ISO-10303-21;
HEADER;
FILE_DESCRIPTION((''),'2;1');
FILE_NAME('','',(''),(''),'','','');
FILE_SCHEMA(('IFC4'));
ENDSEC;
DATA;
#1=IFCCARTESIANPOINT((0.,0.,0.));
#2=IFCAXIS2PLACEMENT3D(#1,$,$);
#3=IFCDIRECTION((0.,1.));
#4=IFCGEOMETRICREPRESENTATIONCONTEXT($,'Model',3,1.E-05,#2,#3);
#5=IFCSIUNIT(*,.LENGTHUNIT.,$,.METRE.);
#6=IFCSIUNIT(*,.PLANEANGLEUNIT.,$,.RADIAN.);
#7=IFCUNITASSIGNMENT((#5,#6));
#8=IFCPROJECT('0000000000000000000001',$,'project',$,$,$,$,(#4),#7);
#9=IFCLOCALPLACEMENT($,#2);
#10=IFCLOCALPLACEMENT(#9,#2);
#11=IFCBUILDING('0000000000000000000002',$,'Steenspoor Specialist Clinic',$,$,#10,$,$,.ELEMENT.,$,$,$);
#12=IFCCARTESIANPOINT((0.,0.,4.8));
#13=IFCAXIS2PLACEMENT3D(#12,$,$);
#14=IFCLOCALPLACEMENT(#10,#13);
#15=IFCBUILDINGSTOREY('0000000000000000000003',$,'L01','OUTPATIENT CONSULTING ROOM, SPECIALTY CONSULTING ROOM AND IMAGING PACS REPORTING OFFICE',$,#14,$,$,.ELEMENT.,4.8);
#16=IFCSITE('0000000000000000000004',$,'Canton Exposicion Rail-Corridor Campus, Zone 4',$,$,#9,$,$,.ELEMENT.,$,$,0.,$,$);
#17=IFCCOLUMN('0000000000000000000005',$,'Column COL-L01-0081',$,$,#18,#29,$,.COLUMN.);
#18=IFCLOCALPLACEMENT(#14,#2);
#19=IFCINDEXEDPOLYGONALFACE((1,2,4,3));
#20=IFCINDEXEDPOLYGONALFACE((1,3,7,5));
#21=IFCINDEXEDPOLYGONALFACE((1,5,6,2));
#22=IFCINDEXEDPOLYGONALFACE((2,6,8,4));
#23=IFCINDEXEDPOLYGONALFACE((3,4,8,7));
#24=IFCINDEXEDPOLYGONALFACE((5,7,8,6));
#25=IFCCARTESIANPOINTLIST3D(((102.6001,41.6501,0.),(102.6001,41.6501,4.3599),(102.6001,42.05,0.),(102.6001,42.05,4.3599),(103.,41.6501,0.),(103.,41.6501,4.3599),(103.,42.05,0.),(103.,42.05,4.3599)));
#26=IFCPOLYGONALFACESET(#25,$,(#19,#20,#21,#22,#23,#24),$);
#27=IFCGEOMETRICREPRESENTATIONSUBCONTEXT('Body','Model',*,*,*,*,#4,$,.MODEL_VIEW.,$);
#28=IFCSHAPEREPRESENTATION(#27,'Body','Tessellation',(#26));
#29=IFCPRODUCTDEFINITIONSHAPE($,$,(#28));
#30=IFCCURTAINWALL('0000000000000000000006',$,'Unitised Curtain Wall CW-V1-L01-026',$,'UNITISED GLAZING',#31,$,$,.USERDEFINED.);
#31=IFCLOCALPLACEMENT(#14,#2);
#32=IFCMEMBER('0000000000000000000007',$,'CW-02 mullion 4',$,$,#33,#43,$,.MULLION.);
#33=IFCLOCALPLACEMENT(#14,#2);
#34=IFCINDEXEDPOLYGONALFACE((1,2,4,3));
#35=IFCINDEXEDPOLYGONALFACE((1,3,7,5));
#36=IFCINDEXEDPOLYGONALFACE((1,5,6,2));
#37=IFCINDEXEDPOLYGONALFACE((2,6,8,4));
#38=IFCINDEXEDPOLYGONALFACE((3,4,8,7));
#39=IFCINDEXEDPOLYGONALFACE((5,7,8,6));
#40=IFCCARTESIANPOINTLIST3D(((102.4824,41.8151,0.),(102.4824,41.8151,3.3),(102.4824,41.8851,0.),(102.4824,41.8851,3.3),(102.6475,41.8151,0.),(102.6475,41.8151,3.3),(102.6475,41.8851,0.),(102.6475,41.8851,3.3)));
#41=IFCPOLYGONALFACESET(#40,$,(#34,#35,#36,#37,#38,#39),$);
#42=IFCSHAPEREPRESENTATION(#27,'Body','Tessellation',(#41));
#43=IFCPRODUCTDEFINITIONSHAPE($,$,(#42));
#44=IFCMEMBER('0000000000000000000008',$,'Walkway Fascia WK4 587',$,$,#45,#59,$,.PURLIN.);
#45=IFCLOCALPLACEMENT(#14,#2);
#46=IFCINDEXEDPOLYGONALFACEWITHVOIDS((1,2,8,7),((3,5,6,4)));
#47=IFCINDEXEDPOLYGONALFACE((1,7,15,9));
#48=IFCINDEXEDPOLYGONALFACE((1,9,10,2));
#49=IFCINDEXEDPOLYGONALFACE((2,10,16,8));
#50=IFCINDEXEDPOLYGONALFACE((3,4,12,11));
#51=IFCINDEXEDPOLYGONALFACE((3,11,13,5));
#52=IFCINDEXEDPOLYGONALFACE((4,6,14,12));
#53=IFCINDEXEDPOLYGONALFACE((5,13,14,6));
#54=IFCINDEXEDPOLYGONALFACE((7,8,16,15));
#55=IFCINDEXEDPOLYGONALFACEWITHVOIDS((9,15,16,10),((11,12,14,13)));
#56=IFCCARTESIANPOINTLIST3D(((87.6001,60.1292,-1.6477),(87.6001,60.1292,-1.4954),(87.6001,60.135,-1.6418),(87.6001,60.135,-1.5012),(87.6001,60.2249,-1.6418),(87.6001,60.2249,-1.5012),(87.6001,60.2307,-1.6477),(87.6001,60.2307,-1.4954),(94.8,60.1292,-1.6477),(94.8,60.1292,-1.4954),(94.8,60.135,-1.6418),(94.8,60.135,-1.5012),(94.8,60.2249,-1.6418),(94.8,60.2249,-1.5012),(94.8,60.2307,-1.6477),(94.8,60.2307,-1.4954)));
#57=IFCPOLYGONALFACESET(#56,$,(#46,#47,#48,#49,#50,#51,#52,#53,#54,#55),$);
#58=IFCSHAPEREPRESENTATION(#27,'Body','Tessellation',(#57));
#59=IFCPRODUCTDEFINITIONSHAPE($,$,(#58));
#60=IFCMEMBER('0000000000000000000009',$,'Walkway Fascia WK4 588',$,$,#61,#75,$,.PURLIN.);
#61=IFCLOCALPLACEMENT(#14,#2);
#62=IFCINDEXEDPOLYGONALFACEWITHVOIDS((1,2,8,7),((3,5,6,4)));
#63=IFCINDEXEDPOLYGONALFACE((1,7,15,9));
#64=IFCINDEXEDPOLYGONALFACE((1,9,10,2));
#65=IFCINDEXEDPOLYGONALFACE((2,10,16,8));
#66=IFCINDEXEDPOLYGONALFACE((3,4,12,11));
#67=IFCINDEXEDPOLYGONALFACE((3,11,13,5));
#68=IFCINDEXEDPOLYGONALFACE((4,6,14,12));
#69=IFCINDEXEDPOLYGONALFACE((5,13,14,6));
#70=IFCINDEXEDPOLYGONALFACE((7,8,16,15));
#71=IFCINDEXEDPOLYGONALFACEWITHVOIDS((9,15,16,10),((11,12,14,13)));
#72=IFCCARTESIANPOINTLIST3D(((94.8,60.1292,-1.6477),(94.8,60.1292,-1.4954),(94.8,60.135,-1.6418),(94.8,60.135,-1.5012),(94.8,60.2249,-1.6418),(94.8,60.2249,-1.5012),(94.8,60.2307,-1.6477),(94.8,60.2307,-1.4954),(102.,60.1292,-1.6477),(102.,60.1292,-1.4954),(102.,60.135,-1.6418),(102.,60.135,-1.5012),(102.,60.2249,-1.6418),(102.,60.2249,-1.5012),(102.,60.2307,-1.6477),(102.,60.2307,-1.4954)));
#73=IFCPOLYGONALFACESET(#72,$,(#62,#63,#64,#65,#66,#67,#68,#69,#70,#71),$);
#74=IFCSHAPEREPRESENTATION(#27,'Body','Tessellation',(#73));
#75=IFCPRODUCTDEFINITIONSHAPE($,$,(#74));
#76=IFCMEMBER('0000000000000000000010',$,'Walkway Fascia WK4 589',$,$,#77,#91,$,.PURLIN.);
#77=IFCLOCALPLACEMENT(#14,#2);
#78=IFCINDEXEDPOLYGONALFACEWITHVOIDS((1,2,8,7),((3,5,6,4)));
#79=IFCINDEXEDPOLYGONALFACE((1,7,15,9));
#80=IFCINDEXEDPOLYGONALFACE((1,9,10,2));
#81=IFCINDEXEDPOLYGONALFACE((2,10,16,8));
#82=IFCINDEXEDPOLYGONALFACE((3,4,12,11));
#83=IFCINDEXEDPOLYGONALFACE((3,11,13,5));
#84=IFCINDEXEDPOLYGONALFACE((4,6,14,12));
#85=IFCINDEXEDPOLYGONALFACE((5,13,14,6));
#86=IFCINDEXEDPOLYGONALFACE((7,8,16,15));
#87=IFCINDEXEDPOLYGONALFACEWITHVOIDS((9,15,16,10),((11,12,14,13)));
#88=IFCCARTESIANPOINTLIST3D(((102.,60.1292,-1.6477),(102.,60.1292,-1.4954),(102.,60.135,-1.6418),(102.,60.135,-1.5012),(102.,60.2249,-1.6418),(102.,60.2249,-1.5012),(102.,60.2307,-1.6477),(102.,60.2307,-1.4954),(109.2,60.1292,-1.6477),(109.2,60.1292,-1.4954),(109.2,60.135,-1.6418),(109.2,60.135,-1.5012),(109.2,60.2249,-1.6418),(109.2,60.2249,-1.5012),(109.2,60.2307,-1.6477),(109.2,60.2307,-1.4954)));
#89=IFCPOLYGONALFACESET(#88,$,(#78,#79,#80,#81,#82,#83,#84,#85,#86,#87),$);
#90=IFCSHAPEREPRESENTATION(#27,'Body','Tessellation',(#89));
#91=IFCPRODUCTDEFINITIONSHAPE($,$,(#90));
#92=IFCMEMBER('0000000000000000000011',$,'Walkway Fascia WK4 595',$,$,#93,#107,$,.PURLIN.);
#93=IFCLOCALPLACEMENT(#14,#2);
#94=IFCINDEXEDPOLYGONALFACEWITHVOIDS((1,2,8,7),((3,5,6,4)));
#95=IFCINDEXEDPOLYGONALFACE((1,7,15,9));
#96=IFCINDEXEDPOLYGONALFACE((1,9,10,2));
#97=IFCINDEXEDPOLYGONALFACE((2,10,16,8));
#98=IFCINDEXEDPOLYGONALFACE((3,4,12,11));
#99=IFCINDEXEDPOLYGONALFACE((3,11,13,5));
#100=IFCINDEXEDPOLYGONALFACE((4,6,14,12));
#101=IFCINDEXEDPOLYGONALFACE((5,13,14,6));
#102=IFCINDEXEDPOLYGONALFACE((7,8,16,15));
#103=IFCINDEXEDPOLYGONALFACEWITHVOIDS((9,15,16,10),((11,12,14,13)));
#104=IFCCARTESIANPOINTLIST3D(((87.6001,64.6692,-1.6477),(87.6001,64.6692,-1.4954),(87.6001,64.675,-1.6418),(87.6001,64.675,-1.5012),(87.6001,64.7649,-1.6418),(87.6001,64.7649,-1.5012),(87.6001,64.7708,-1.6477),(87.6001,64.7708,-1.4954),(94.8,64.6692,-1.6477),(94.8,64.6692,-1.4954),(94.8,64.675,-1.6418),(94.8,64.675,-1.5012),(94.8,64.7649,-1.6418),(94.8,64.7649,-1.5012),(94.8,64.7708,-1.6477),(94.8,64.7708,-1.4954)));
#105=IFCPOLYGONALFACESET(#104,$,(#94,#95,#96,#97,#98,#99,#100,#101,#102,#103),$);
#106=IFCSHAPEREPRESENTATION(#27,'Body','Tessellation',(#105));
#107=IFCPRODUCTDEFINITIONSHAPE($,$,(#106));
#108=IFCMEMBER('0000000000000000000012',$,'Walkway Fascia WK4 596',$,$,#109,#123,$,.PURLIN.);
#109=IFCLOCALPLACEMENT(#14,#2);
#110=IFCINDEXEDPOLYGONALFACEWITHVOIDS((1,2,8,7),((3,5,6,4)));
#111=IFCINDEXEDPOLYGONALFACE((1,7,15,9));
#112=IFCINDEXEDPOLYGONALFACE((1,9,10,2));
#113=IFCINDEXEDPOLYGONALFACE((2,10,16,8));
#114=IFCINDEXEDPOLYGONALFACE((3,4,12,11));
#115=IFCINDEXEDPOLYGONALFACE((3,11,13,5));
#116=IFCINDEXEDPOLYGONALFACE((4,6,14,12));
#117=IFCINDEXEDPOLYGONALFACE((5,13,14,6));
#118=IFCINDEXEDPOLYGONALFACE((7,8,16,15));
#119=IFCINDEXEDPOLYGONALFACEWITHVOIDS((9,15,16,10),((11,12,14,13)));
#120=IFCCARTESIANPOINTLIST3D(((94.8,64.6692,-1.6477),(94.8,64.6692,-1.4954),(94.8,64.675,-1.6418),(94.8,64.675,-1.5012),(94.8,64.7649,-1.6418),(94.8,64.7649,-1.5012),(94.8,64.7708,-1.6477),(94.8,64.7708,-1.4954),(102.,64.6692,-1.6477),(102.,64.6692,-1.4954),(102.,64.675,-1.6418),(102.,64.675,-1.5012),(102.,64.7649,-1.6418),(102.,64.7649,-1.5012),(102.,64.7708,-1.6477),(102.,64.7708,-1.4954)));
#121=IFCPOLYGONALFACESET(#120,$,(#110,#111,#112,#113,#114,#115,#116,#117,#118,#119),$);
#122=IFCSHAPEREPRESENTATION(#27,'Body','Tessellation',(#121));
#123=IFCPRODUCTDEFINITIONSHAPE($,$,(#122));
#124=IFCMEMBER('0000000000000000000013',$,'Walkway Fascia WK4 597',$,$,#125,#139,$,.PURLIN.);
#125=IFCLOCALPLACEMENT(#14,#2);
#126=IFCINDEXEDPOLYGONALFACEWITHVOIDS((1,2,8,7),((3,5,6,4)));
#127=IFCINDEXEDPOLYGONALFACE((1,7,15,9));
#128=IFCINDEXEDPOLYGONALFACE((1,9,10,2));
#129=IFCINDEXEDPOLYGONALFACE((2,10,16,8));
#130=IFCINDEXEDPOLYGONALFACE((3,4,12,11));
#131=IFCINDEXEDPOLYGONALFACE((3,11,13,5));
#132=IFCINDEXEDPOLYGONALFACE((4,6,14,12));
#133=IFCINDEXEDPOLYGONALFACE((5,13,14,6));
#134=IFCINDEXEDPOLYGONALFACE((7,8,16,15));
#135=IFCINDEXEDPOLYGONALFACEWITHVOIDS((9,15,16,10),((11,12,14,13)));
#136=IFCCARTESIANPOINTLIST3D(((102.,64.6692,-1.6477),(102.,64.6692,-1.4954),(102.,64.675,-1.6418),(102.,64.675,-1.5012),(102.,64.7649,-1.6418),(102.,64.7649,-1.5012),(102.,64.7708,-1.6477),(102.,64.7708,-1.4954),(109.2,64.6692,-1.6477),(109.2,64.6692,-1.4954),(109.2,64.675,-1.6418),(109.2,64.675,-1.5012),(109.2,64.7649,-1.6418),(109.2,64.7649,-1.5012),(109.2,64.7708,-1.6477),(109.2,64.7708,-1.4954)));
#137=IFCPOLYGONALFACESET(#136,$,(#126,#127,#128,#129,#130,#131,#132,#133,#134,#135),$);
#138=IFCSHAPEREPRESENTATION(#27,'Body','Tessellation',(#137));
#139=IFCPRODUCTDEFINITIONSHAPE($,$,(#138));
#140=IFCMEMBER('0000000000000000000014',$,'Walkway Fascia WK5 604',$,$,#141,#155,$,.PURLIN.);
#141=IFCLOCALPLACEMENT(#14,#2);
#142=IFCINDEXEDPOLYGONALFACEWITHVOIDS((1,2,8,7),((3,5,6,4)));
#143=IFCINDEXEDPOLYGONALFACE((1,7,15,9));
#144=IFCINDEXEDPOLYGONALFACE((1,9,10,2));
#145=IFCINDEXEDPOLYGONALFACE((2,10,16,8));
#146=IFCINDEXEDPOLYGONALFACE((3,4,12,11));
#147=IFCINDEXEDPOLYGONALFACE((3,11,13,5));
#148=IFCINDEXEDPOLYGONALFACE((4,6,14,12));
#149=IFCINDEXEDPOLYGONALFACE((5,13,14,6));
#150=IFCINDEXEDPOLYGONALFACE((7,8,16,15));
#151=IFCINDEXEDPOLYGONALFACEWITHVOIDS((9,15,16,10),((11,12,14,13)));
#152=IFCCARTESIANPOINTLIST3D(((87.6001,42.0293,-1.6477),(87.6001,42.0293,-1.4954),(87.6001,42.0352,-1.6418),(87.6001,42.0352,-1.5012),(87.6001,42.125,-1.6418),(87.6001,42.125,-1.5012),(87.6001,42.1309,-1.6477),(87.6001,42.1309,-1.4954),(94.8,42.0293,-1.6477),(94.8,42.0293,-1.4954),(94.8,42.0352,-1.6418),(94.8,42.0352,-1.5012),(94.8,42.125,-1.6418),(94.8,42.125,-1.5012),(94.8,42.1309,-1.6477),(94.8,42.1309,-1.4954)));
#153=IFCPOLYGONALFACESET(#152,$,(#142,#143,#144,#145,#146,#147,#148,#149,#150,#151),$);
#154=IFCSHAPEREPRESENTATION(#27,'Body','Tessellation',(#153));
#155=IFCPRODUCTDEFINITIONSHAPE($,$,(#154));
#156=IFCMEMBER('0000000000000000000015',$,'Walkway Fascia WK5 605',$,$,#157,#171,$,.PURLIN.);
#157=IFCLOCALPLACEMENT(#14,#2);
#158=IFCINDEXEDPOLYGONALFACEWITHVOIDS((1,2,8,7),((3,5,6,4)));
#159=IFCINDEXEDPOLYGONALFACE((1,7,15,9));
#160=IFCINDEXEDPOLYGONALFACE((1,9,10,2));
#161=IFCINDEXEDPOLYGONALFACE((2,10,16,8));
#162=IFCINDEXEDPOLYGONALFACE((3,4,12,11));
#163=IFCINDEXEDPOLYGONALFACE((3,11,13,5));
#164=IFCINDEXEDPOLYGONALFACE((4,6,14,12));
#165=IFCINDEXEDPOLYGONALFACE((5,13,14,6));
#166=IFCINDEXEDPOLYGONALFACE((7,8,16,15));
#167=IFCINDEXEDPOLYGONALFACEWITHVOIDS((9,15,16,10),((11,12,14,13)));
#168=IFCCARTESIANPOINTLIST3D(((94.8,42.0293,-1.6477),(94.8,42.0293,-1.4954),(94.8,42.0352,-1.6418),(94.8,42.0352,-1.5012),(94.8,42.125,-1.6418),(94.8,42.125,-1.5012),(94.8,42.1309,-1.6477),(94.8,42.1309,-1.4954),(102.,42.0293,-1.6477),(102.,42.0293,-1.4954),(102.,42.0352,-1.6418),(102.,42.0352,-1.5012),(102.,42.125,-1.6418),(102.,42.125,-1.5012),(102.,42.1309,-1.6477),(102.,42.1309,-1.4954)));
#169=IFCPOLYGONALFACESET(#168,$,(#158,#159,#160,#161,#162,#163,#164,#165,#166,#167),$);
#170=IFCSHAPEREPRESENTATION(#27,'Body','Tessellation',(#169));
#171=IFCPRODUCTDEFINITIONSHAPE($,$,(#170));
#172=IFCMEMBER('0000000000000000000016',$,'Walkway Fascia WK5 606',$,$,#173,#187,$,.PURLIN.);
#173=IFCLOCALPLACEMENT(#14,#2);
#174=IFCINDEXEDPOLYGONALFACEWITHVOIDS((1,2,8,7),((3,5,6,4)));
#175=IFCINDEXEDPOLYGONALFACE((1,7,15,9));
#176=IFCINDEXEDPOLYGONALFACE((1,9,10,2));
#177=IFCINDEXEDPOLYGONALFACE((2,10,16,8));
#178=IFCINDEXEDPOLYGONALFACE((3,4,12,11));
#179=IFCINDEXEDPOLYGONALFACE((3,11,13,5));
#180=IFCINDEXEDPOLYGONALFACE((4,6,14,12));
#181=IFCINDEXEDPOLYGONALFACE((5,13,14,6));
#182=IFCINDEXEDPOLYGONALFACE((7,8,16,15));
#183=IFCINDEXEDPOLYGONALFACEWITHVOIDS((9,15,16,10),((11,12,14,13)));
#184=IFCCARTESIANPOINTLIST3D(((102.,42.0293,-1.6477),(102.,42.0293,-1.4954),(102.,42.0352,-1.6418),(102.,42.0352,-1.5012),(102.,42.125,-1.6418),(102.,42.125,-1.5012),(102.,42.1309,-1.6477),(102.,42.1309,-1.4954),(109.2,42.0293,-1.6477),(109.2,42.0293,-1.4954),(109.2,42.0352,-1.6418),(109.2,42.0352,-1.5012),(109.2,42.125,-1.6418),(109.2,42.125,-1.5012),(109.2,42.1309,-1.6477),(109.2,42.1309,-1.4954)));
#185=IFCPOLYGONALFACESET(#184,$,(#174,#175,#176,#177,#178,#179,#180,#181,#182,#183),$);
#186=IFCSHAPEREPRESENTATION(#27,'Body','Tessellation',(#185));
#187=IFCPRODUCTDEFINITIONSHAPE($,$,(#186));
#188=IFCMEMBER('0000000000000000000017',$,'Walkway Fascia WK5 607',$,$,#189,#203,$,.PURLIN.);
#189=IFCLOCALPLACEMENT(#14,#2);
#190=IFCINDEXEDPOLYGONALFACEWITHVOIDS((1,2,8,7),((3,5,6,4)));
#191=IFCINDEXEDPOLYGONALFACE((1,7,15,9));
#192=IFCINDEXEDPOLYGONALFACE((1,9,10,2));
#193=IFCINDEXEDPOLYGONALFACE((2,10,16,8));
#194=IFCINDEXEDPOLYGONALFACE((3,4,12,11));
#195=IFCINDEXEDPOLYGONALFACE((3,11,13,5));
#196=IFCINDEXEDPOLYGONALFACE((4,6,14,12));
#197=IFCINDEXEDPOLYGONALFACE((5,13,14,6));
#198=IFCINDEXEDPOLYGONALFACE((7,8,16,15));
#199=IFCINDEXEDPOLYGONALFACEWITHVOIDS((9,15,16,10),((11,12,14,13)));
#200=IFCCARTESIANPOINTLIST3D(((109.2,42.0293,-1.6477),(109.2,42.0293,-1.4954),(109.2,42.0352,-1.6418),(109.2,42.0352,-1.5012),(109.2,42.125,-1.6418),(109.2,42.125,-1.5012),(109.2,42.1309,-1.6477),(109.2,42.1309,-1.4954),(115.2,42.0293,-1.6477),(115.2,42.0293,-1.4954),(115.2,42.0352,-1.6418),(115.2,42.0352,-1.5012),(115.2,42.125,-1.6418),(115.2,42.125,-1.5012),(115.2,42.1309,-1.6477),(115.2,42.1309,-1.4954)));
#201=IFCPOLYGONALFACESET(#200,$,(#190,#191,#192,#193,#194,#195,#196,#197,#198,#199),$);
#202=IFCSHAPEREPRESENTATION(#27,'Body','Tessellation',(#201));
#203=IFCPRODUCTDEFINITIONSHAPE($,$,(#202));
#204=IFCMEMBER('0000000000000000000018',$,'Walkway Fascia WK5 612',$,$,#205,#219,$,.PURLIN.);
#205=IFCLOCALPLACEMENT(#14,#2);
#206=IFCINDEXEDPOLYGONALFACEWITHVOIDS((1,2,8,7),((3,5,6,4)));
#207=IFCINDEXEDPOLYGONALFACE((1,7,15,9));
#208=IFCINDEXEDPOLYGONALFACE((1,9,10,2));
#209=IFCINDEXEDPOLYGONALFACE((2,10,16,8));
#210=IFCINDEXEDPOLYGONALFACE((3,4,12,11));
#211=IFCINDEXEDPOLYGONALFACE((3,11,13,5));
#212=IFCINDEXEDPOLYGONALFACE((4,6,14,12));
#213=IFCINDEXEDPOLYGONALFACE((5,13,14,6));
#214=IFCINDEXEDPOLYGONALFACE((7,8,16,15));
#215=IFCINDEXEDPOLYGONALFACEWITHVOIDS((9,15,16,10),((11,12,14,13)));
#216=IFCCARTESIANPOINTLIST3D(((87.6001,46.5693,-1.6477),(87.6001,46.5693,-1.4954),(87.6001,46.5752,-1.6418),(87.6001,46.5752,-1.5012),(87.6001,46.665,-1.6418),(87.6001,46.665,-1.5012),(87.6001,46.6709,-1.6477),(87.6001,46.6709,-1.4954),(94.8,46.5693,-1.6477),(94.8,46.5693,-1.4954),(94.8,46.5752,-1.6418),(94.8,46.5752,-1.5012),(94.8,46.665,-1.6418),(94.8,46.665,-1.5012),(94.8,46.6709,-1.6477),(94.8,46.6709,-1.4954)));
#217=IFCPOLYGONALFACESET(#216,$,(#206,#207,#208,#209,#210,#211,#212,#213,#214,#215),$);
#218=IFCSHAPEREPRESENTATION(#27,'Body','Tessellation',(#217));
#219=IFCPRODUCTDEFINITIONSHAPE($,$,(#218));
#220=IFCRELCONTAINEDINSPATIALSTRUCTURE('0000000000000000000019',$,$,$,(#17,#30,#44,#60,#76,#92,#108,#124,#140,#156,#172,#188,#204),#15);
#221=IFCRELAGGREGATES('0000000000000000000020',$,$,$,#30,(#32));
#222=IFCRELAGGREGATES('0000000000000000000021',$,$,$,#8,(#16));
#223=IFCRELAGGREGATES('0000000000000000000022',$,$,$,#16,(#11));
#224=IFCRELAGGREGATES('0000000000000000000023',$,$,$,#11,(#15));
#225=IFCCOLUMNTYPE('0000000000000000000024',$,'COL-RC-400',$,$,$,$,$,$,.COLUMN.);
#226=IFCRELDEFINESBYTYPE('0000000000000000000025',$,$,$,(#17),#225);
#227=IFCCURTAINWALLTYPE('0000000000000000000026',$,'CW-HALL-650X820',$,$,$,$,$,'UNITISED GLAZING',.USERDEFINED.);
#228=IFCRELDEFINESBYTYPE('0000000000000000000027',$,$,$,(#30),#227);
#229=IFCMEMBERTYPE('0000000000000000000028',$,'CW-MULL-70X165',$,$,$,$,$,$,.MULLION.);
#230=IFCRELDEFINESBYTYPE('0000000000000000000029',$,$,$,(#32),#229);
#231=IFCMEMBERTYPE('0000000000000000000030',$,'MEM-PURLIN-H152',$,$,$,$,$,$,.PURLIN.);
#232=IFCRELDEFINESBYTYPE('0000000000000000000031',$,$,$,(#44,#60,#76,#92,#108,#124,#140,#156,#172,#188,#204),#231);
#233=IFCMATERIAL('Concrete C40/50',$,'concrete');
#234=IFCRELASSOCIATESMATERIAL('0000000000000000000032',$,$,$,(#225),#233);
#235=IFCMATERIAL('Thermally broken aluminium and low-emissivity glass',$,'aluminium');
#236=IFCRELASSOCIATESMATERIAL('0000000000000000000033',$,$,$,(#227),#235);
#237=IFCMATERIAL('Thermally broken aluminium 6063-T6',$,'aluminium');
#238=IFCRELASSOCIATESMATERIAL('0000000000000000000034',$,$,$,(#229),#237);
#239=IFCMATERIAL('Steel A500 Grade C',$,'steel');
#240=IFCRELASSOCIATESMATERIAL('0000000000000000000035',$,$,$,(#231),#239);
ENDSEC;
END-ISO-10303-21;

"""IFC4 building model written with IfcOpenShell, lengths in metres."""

from ifc_helpers import new_model, si_unit, direction, frame, origin, origin_2d, place, context, subcontext, project, spatial, rectangle, hollow_rectangle, extrude, material, material_profile, profile_set, type_object, element, aggregate, save


model = new_model("IFC4")

# Units and contexts
model_context = context("Model", 3, precision=1e-05, world=origin(), true_north=direction((0.0, 1.0)))
body_context = subcontext(model_context, "Body", "Model", "MODEL_VIEW")
ifc_project = project(units=[si_unit("LENGTHUNIT", "METRE"), si_unit("PLANEANGLEUNIT", "RADIAN")], contexts=[model_context])

# Site, building, storey
site_placement = place(None, origin())
site = spatial("IfcSite", under=ifc_project, at=site_placement, Name="Canton Exposicion Rail-Corridor Campus, Zone 4", CompositionType="ELEMENT", RefElevation=0.0)
building_placement = place(site_placement, origin())
building = spatial("IfcBuilding", under=site, at=building_placement, Name="Steenspoor Specialist Clinic", CompositionType="ELEMENT")
storey_placement = place(building_placement, frame((0.0, 0.0, 4.8)))
storey = spatial("IfcBuildingStorey", under=building, at=storey_placement, Name="L01", Description="OUTPATIENT CONSULTING ROOM, SPECIALTY CONSULTING ROOM AND IMAGING PACS REPORTING OFFICE", CompositionType="ELEMENT", Elevation=4.8)

# Column
ifc_material_1 = material(Name="Concrete C40/50", Category="concrete")
ifc_material_profile_1 = material_profile(ifc_material_1, rectangle(XDim=0.3999, YDim=0.3999, at=origin_2d()), Name="RC-COL-400X400")
ifc_profile_set_1 = profile_set([ifc_material_profile_1], Name="Concrete C40/50")
column_type = type_object("IfcColumnType", Name="COL-RC-400", PredefinedType="COLUMN", material=ifc_profile_set_1)
column_placement = place(storey_placement, frame((102.8, 41.8501, 0.0), z_axis=(0.0, 0.0, 1.0), x_axis=(1.0, 0.0, 0.0)))
element("IfcColumn", 1, at=column_placement, inside=storey, type_object=column_type, Name="Column COL-L01-0081", PredefinedType="COLUMN", context=body_context, shape_type="SweptSolid", body=[
    extrude(rectangle(XDim=0.3999, YDim=0.3999, at=origin_2d()), origin(), (0.0, 0.0, 1.0), 4.3599),
])

# Curtain wall, member
ifc_material_2 = material(Name="Thermally broken aluminium and low-emissivity glass", Category="aluminium")
curtain_wall_type = type_object("IfcCurtainWallType", Name="CW-HALL-650X820", ElementType="UNITISED GLAZING", PredefinedType="USERDEFINED", material=ifc_material_2)
curtain_wall_placement = place(storey_placement, origin())
curtain_wall = element("IfcCurtainWall", 2, at=curtain_wall_placement, inside=storey, type_object=curtain_wall_type, Name="Unitised Curtain Wall CW-V1-L01-026", ObjectType="UNITISED GLAZING", PredefinedType="USERDEFINED")
ifc_material_3 = material(Name="Thermally broken aluminium 6063-T6", Category="aluminium")
ifc_material_profile_2 = material_profile(ifc_material_3, rectangle(XDim=0.0701, YDim=0.165, at=origin_2d()), Name="CWM-70X165")
ifc_profile_set_2 = profile_set([ifc_material_profile_2], Name="Thermally broken aluminium 6063-T6")
member_type_1 = type_object("IfcMemberType", Name="CW-MULL-70X165", PredefinedType="MULLION", material=ifc_profile_set_2)
member_1_placement = place(storey_placement, frame((102.5649, 41.8501, 0.0), z_axis=(0.0, 0.0, 1.0), x_axis=(0.0, 1.0, 0.0)))
member_1 = element("IfcMember", 3, at=member_1_placement, type_object=member_type_1, Name="CW-02 mullion 4", PredefinedType="MULLION", context=body_context, shape_type="SweptSolid", body=[
    extrude(rectangle(XDim=0.0701, YDim=0.165, at=origin_2d()), origin(), (0.0, 0.0, 1.0), 3.3),
])
aggregate(curtain_wall, [member_1])

# Members
ifc_material_4 = material(Name="Steel A500 Grade C", Category="steel")
ifc_material_profile_3 = material_profile(ifc_material_4, hollow_rectangle(XDim=0.1016, YDim=0.1523, WallThickness=0.0059, at=origin_2d()), Name="HSS152X102X6.4")
ifc_profile_set_3 = profile_set([ifc_material_profile_3], Name="Steel A500 Grade C")
member_type_2 = type_object("IfcMemberType", Name="MEM-PURLIN-H152", PredefinedType="PURLIN", material=ifc_profile_set_3)
for number, where, z_axis, x_axis, name in (
    (4, (87.6001, 60.1799, -1.5715), (1.0, 0.0, 0.0), (0.0, 1.0, 0.0), "Walkway Fascia WK4 587"),
    (5, (94.8, 60.1799, -1.5715), (1.0, 0.0, 0.0), (0.0, 1.0, 0.0), "Walkway Fascia WK4 588"),
    (6, (102.0, 60.1799, -1.5715), (1.0, 0.0, 0.0), (0.0, 1.0, 0.0), "Walkway Fascia WK4 589"),
    (7, (87.6001, 64.72, -1.5715), (1.0, 0.0, 0.0), (0.0, 1.0, 0.0), "Walkway Fascia WK4 595"),
    (8, (94.8, 64.72, -1.5715), (1.0, 0.0, 0.0), (0.0, 1.0, 0.0), "Walkway Fascia WK4 596"),
    (9, (102.0, 64.72, -1.5715), (1.0, 0.0, 0.0), (0.0, 1.0, 0.0), "Walkway Fascia WK4 597"),
    (10, (87.6001, 42.0801, -1.5715), (1.0, 0.0, 0.0), (0.0, 1.0, 0.0), "Walkway Fascia WK5 604"),
    (11, (94.8, 42.0801, -1.5715), (1.0, 0.0, 0.0), (0.0, 1.0, 0.0), "Walkway Fascia WK5 605"),
    (12, (102.0, 42.0801, -1.5715), (1.0, 0.0, 0.0), (0.0, 1.0, 0.0), "Walkway Fascia WK5 606"),
):
    element("IfcMember", number, at=place(storey_placement, frame(where, z_axis=z_axis, x_axis=x_axis)), inside=storey, type_object=member_type_2, Name=name, PredefinedType="PURLIN", context=body_context, shape_type="SweptSolid", body=[
        extrude(hollow_rectangle(XDim=0.1016, YDim=0.1523, WallThickness=0.0059, at=origin_2d()), origin(), (0.0, 0.0, 1.0), 7.2),
    ])
member_2_placement = place(storey_placement, frame((109.2, 42.0801, -1.5715), z_axis=(1.0, 0.0, 0.0), x_axis=(0.0, 1.0, 0.0)))
element("IfcMember", 13, at=member_2_placement, inside=storey, type_object=member_type_2, Name="Walkway Fascia WK5 607", PredefinedType="PURLIN", context=body_context, shape_type="SweptSolid", body=[
    extrude(hollow_rectangle(XDim=0.1016, YDim=0.1523, WallThickness=0.0059, at=origin_2d()), origin(), (0.0, 0.0, 1.0), 6.0),
])
for number, where, z_axis, x_axis, name in (
    (14, (87.6001, 46.6201, -1.5715), (1.0, 0.0, 0.0), (0.0, 1.0, 0.0), "Walkway Fascia WK5 612"),
):
    element("IfcMember", number, at=place(storey_placement, frame(where, z_axis=z_axis, x_axis=x_axis)), inside=storey, type_object=member_type_2, Name=name, PredefinedType="PURLIN", context=body_context, shape_type="SweptSolid", body=[
        extrude(hollow_rectangle(XDim=0.1016, YDim=0.1523, WallThickness=0.0059, at=origin_2d()), origin(), (0.0, 0.0, 1.0), 7.2),
    ])

save(model, "model.ifc")
